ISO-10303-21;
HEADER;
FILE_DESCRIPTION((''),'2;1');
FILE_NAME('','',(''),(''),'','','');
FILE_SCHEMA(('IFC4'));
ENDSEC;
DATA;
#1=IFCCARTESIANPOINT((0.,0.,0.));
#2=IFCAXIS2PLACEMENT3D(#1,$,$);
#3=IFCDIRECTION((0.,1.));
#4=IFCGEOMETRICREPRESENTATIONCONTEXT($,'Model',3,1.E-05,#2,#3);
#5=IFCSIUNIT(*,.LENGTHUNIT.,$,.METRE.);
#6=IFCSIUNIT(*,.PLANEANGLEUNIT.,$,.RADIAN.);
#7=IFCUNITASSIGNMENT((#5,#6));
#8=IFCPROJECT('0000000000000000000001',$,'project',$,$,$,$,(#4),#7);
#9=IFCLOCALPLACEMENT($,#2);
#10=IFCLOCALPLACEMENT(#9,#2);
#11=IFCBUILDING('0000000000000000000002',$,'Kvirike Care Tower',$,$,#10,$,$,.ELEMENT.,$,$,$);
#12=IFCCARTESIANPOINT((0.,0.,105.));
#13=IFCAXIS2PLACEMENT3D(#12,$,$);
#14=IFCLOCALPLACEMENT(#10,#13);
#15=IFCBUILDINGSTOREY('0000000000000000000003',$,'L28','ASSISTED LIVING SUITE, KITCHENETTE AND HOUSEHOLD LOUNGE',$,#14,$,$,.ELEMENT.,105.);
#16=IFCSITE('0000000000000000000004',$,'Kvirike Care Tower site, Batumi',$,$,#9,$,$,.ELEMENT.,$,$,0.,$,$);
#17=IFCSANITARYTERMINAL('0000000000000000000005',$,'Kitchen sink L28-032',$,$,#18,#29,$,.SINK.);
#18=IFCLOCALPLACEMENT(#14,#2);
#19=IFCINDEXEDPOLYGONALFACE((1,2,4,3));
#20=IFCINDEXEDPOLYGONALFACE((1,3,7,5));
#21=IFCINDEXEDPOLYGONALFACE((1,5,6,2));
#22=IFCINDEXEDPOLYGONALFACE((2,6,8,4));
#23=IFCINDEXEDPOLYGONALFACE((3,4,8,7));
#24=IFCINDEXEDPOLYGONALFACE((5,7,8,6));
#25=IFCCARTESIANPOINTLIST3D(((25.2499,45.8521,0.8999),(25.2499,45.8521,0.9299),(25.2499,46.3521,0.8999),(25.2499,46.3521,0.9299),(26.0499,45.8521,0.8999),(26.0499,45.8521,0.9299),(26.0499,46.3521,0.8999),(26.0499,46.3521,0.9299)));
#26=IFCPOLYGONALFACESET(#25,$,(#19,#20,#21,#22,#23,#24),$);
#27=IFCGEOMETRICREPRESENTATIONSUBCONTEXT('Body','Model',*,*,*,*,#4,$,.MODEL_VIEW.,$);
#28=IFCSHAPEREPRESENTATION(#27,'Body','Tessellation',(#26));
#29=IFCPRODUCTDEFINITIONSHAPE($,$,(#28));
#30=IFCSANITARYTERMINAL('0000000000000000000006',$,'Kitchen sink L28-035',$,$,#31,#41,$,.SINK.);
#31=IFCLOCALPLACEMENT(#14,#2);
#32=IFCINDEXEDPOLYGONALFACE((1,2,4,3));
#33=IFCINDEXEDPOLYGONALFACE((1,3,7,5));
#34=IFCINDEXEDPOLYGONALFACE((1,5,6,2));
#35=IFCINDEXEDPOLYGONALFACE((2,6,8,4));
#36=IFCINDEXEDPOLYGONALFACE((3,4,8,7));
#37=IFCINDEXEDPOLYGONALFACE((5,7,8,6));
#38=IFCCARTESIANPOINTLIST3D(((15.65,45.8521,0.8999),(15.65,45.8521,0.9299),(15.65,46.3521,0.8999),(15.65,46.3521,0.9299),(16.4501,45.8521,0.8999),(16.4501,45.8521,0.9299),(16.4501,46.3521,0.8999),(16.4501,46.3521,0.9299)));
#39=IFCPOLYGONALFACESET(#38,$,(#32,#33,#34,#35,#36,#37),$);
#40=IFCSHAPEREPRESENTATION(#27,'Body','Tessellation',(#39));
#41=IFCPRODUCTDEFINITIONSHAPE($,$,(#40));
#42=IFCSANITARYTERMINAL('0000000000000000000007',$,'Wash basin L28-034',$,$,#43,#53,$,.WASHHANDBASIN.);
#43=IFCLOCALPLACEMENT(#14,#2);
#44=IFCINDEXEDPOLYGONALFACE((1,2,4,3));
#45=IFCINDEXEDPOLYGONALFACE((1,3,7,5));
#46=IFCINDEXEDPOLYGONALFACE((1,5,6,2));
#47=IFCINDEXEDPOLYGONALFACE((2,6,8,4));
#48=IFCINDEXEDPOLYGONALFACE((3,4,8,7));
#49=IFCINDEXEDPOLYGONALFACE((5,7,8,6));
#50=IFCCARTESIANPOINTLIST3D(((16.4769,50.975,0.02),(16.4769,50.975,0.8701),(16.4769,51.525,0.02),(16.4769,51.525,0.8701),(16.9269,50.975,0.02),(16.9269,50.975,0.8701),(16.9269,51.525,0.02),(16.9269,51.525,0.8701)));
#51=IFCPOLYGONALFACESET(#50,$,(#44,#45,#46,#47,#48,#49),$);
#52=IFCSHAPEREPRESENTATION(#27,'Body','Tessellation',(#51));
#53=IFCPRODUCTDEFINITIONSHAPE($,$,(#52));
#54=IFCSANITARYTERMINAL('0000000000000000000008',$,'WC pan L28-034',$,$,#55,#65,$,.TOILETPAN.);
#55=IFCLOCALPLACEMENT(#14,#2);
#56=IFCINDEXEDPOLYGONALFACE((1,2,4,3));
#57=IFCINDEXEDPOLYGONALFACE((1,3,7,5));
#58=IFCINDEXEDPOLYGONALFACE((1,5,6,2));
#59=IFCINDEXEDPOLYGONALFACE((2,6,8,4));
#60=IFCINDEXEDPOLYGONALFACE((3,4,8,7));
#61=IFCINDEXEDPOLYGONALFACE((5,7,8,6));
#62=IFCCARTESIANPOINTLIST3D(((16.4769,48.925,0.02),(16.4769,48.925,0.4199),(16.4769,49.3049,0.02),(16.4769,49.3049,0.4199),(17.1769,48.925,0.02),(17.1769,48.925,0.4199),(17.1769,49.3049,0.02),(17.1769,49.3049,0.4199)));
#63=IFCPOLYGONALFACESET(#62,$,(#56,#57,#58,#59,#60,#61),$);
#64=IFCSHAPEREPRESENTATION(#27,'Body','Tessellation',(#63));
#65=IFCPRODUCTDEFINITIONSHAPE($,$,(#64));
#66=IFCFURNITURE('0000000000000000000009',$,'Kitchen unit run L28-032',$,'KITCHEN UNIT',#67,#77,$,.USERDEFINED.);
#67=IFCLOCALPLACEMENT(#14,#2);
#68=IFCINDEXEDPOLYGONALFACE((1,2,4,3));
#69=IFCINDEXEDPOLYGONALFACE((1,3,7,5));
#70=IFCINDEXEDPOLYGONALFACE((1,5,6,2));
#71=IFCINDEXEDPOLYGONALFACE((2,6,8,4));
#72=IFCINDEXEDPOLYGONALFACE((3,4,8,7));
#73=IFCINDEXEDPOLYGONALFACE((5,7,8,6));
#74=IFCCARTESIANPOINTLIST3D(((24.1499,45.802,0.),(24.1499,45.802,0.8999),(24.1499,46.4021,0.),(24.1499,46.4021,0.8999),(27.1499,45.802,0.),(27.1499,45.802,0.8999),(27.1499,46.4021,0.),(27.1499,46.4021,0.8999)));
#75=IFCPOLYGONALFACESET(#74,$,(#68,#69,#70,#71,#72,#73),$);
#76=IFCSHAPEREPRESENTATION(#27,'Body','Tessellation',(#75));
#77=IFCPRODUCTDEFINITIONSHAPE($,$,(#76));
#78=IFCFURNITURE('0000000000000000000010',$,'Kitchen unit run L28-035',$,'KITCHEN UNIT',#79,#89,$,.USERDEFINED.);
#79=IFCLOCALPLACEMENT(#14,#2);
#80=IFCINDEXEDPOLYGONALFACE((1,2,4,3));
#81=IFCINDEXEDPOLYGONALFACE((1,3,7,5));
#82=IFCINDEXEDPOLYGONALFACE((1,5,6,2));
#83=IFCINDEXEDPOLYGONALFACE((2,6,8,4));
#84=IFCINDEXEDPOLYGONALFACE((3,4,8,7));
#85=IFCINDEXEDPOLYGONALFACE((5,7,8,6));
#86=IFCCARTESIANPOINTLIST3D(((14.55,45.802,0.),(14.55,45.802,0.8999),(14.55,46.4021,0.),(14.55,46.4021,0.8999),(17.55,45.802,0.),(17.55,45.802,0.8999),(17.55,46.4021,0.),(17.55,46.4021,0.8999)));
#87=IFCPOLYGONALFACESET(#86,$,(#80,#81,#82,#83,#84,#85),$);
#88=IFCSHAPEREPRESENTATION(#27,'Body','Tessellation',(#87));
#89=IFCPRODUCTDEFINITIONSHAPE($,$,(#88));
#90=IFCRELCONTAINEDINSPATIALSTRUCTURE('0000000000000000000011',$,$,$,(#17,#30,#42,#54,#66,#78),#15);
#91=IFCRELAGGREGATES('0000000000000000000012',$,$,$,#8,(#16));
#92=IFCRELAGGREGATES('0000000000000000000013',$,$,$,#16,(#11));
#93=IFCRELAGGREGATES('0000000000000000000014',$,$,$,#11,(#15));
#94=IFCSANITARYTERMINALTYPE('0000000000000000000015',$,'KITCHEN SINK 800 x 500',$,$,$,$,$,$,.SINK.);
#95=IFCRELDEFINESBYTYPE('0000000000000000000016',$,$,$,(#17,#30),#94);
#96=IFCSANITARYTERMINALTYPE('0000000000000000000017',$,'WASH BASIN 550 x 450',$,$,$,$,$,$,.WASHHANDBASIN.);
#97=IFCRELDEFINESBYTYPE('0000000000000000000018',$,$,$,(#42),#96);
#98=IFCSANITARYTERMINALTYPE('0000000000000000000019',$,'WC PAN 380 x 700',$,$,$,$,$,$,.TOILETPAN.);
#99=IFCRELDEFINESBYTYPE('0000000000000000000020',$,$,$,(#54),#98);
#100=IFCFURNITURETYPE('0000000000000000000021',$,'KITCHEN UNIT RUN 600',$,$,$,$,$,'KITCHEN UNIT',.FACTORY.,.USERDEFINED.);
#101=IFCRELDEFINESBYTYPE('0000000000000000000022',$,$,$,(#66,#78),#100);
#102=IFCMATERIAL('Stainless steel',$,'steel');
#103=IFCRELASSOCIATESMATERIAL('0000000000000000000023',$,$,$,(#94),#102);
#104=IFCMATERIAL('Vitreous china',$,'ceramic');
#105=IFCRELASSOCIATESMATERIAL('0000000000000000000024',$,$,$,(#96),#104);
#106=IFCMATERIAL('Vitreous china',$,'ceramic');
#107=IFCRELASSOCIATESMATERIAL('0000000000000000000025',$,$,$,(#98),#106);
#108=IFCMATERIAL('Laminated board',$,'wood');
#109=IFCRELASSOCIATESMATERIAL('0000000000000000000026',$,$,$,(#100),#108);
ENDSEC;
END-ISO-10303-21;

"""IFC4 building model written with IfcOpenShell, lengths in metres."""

from ifc_helpers import new_model, si_unit, direction, frame, origin, origin_2d, place, context, subcontext, project, spatial, rectangle, extrude, material, type_object, element, save


model = new_model("IFC4")

# Units and contexts
model_context = context("Model", 3, precision=1e-05, world=origin(), true_north=direction((0.0, 1.0)))
body_context = subcontext(model_context, "Body", "Model", "MODEL_VIEW")
ifc_project = project(units=[si_unit("LENGTHUNIT", "METRE"), si_unit("PLANEANGLEUNIT", "RADIAN")], contexts=[model_context])

# Site, building, storey
site_placement = place(None, origin())
site = spatial("IfcSite", under=ifc_project, at=site_placement, Name="Kvirike Care Tower site, Batumi", CompositionType="ELEMENT", RefElevation=0.0)
building_placement = place(site_placement, origin())
building = spatial("IfcBuilding", under=site, at=building_placement, Name="Kvirike Care Tower", CompositionType="ELEMENT")
storey_placement = place(building_placement, frame((0.0, 0.0, 105.0)))
storey = spatial("IfcBuildingStorey", under=building, at=storey_placement, Name="L28", Description="ASSISTED LIVING SUITE, KITCHENETTE AND HOUSEHOLD LOUNGE", CompositionType="ELEMENT", Elevation=105.0)

# Sanitary terminals
ifc_material_1 = material(Name="Stainless steel", Category="steel")
sanitary_terminal_type_1 = type_object("IfcSanitaryTerminalType", Name="KITCHEN SINK 800 x 500", PredefinedType="SINK", material=ifc_material_1)
for number, where, z_axis, x_axis, name in (
    (1, (25.6499, 46.1021, 0.8999), (0.0, 0.0, 1.0), (-1.0, 0.0, 0.0), "Kitchen sink L28-032"),
    (2, (16.05, 46.1021, 0.8999), (0.0, 0.0, 1.0), (-1.0, 0.0, 0.0), "Kitchen sink L28-035"),
):
    element("IfcSanitaryTerminal", number, at=place(storey_placement, frame(where, z_axis=z_axis, x_axis=x_axis)), inside=storey, type_object=sanitary_terminal_type_1, Name=name, PredefinedType="SINK", context=body_context, shape_type="SweptSolid", body=[
        extrude(rectangle(XDim=0.8, YDim=0.5, at=origin_2d()), origin(), (0.0, 0.0, 1.0), 0.03),
    ])
ifc_material_2 = material(Name="Vitreous china", Category="ceramic")
sanitary_terminal_type_2 = type_object("IfcSanitaryTerminalType", Name="WASH BASIN 550 x 450", PredefinedType="WASHHANDBASIN", material=ifc_material_2)
sanitary_terminal_1_placement = place(storey_placement, frame((16.7019, 51.25, 0.02), z_axis=(0.0, 0.0, 1.0), x_axis=(0.0, 1.0, 0.0)))
element("IfcSanitaryTerminal", 3, at=sanitary_terminal_1_placement, inside=storey, type_object=sanitary_terminal_type_2, Name="Wash basin L28-034", PredefinedType="WASHHANDBASIN", context=body_context, shape_type="SweptSolid", body=[
    extrude(rectangle(XDim=0.55, YDim=0.45, at=origin_2d()), origin(), (0.0, 0.0, 1.0), 0.8501),
])
ifc_material_3 = material(Name="Vitreous china", Category="ceramic")
sanitary_terminal_type_3 = type_object("IfcSanitaryTerminalType", Name="WC PAN 380 x 700", PredefinedType="TOILETPAN", material=ifc_material_3)
sanitary_terminal_2_placement = place(storey_placement, frame((16.8269, 49.115, 0.02), z_axis=(0.0, 0.0, 1.0), x_axis=(0.0, 1.0, 0.0)))
element("IfcSanitaryTerminal", 4, at=sanitary_terminal_2_placement, inside=storey, type_object=sanitary_terminal_type_3, Name="WC pan L28-034", PredefinedType="TOILETPAN", context=body_context, shape_type="SweptSolid", body=[
    extrude(rectangle(XDim=0.3799, YDim=0.7, at=origin_2d()), origin(), (0.0, 0.0, 1.0), 0.3999),
])

# Furniture
ifc_material_4 = material(Name="Laminated board", Category="wood")
furniture_type = type_object("IfcFurnitureType", Name="KITCHEN UNIT RUN 600", ElementType="KITCHEN UNIT", AssemblyPlace="FACTORY", PredefinedType="USERDEFINED", material=ifc_material_4)
for number, where, z_axis, x_axis, name in (
    (5, (25.6499, 46.1021, 0.0), (0.0, 0.0, 1.0), (-1.0, 0.0, 0.0), "Kitchen unit run L28-032"),
    (6, (16.05, 46.1021, 0.0), (0.0, 0.0, 1.0), (-1.0, 0.0, 0.0), "Kitchen unit run L28-035"),
):
    element("IfcFurniture", number, at=place(storey_placement, frame(where, z_axis=z_axis, x_axis=x_axis)), inside=storey, type_object=furniture_type, Name=name, ObjectType="KITCHEN UNIT", PredefinedType="USERDEFINED", context=body_context, shape_type="SweptSolid", body=[
        extrude(rectangle(XDim=3.0, YDim=0.6001, at=origin_2d()), origin(), (0.0, 0.0, 1.0), 0.8999),
    ])

save(model, "model.ifc")
